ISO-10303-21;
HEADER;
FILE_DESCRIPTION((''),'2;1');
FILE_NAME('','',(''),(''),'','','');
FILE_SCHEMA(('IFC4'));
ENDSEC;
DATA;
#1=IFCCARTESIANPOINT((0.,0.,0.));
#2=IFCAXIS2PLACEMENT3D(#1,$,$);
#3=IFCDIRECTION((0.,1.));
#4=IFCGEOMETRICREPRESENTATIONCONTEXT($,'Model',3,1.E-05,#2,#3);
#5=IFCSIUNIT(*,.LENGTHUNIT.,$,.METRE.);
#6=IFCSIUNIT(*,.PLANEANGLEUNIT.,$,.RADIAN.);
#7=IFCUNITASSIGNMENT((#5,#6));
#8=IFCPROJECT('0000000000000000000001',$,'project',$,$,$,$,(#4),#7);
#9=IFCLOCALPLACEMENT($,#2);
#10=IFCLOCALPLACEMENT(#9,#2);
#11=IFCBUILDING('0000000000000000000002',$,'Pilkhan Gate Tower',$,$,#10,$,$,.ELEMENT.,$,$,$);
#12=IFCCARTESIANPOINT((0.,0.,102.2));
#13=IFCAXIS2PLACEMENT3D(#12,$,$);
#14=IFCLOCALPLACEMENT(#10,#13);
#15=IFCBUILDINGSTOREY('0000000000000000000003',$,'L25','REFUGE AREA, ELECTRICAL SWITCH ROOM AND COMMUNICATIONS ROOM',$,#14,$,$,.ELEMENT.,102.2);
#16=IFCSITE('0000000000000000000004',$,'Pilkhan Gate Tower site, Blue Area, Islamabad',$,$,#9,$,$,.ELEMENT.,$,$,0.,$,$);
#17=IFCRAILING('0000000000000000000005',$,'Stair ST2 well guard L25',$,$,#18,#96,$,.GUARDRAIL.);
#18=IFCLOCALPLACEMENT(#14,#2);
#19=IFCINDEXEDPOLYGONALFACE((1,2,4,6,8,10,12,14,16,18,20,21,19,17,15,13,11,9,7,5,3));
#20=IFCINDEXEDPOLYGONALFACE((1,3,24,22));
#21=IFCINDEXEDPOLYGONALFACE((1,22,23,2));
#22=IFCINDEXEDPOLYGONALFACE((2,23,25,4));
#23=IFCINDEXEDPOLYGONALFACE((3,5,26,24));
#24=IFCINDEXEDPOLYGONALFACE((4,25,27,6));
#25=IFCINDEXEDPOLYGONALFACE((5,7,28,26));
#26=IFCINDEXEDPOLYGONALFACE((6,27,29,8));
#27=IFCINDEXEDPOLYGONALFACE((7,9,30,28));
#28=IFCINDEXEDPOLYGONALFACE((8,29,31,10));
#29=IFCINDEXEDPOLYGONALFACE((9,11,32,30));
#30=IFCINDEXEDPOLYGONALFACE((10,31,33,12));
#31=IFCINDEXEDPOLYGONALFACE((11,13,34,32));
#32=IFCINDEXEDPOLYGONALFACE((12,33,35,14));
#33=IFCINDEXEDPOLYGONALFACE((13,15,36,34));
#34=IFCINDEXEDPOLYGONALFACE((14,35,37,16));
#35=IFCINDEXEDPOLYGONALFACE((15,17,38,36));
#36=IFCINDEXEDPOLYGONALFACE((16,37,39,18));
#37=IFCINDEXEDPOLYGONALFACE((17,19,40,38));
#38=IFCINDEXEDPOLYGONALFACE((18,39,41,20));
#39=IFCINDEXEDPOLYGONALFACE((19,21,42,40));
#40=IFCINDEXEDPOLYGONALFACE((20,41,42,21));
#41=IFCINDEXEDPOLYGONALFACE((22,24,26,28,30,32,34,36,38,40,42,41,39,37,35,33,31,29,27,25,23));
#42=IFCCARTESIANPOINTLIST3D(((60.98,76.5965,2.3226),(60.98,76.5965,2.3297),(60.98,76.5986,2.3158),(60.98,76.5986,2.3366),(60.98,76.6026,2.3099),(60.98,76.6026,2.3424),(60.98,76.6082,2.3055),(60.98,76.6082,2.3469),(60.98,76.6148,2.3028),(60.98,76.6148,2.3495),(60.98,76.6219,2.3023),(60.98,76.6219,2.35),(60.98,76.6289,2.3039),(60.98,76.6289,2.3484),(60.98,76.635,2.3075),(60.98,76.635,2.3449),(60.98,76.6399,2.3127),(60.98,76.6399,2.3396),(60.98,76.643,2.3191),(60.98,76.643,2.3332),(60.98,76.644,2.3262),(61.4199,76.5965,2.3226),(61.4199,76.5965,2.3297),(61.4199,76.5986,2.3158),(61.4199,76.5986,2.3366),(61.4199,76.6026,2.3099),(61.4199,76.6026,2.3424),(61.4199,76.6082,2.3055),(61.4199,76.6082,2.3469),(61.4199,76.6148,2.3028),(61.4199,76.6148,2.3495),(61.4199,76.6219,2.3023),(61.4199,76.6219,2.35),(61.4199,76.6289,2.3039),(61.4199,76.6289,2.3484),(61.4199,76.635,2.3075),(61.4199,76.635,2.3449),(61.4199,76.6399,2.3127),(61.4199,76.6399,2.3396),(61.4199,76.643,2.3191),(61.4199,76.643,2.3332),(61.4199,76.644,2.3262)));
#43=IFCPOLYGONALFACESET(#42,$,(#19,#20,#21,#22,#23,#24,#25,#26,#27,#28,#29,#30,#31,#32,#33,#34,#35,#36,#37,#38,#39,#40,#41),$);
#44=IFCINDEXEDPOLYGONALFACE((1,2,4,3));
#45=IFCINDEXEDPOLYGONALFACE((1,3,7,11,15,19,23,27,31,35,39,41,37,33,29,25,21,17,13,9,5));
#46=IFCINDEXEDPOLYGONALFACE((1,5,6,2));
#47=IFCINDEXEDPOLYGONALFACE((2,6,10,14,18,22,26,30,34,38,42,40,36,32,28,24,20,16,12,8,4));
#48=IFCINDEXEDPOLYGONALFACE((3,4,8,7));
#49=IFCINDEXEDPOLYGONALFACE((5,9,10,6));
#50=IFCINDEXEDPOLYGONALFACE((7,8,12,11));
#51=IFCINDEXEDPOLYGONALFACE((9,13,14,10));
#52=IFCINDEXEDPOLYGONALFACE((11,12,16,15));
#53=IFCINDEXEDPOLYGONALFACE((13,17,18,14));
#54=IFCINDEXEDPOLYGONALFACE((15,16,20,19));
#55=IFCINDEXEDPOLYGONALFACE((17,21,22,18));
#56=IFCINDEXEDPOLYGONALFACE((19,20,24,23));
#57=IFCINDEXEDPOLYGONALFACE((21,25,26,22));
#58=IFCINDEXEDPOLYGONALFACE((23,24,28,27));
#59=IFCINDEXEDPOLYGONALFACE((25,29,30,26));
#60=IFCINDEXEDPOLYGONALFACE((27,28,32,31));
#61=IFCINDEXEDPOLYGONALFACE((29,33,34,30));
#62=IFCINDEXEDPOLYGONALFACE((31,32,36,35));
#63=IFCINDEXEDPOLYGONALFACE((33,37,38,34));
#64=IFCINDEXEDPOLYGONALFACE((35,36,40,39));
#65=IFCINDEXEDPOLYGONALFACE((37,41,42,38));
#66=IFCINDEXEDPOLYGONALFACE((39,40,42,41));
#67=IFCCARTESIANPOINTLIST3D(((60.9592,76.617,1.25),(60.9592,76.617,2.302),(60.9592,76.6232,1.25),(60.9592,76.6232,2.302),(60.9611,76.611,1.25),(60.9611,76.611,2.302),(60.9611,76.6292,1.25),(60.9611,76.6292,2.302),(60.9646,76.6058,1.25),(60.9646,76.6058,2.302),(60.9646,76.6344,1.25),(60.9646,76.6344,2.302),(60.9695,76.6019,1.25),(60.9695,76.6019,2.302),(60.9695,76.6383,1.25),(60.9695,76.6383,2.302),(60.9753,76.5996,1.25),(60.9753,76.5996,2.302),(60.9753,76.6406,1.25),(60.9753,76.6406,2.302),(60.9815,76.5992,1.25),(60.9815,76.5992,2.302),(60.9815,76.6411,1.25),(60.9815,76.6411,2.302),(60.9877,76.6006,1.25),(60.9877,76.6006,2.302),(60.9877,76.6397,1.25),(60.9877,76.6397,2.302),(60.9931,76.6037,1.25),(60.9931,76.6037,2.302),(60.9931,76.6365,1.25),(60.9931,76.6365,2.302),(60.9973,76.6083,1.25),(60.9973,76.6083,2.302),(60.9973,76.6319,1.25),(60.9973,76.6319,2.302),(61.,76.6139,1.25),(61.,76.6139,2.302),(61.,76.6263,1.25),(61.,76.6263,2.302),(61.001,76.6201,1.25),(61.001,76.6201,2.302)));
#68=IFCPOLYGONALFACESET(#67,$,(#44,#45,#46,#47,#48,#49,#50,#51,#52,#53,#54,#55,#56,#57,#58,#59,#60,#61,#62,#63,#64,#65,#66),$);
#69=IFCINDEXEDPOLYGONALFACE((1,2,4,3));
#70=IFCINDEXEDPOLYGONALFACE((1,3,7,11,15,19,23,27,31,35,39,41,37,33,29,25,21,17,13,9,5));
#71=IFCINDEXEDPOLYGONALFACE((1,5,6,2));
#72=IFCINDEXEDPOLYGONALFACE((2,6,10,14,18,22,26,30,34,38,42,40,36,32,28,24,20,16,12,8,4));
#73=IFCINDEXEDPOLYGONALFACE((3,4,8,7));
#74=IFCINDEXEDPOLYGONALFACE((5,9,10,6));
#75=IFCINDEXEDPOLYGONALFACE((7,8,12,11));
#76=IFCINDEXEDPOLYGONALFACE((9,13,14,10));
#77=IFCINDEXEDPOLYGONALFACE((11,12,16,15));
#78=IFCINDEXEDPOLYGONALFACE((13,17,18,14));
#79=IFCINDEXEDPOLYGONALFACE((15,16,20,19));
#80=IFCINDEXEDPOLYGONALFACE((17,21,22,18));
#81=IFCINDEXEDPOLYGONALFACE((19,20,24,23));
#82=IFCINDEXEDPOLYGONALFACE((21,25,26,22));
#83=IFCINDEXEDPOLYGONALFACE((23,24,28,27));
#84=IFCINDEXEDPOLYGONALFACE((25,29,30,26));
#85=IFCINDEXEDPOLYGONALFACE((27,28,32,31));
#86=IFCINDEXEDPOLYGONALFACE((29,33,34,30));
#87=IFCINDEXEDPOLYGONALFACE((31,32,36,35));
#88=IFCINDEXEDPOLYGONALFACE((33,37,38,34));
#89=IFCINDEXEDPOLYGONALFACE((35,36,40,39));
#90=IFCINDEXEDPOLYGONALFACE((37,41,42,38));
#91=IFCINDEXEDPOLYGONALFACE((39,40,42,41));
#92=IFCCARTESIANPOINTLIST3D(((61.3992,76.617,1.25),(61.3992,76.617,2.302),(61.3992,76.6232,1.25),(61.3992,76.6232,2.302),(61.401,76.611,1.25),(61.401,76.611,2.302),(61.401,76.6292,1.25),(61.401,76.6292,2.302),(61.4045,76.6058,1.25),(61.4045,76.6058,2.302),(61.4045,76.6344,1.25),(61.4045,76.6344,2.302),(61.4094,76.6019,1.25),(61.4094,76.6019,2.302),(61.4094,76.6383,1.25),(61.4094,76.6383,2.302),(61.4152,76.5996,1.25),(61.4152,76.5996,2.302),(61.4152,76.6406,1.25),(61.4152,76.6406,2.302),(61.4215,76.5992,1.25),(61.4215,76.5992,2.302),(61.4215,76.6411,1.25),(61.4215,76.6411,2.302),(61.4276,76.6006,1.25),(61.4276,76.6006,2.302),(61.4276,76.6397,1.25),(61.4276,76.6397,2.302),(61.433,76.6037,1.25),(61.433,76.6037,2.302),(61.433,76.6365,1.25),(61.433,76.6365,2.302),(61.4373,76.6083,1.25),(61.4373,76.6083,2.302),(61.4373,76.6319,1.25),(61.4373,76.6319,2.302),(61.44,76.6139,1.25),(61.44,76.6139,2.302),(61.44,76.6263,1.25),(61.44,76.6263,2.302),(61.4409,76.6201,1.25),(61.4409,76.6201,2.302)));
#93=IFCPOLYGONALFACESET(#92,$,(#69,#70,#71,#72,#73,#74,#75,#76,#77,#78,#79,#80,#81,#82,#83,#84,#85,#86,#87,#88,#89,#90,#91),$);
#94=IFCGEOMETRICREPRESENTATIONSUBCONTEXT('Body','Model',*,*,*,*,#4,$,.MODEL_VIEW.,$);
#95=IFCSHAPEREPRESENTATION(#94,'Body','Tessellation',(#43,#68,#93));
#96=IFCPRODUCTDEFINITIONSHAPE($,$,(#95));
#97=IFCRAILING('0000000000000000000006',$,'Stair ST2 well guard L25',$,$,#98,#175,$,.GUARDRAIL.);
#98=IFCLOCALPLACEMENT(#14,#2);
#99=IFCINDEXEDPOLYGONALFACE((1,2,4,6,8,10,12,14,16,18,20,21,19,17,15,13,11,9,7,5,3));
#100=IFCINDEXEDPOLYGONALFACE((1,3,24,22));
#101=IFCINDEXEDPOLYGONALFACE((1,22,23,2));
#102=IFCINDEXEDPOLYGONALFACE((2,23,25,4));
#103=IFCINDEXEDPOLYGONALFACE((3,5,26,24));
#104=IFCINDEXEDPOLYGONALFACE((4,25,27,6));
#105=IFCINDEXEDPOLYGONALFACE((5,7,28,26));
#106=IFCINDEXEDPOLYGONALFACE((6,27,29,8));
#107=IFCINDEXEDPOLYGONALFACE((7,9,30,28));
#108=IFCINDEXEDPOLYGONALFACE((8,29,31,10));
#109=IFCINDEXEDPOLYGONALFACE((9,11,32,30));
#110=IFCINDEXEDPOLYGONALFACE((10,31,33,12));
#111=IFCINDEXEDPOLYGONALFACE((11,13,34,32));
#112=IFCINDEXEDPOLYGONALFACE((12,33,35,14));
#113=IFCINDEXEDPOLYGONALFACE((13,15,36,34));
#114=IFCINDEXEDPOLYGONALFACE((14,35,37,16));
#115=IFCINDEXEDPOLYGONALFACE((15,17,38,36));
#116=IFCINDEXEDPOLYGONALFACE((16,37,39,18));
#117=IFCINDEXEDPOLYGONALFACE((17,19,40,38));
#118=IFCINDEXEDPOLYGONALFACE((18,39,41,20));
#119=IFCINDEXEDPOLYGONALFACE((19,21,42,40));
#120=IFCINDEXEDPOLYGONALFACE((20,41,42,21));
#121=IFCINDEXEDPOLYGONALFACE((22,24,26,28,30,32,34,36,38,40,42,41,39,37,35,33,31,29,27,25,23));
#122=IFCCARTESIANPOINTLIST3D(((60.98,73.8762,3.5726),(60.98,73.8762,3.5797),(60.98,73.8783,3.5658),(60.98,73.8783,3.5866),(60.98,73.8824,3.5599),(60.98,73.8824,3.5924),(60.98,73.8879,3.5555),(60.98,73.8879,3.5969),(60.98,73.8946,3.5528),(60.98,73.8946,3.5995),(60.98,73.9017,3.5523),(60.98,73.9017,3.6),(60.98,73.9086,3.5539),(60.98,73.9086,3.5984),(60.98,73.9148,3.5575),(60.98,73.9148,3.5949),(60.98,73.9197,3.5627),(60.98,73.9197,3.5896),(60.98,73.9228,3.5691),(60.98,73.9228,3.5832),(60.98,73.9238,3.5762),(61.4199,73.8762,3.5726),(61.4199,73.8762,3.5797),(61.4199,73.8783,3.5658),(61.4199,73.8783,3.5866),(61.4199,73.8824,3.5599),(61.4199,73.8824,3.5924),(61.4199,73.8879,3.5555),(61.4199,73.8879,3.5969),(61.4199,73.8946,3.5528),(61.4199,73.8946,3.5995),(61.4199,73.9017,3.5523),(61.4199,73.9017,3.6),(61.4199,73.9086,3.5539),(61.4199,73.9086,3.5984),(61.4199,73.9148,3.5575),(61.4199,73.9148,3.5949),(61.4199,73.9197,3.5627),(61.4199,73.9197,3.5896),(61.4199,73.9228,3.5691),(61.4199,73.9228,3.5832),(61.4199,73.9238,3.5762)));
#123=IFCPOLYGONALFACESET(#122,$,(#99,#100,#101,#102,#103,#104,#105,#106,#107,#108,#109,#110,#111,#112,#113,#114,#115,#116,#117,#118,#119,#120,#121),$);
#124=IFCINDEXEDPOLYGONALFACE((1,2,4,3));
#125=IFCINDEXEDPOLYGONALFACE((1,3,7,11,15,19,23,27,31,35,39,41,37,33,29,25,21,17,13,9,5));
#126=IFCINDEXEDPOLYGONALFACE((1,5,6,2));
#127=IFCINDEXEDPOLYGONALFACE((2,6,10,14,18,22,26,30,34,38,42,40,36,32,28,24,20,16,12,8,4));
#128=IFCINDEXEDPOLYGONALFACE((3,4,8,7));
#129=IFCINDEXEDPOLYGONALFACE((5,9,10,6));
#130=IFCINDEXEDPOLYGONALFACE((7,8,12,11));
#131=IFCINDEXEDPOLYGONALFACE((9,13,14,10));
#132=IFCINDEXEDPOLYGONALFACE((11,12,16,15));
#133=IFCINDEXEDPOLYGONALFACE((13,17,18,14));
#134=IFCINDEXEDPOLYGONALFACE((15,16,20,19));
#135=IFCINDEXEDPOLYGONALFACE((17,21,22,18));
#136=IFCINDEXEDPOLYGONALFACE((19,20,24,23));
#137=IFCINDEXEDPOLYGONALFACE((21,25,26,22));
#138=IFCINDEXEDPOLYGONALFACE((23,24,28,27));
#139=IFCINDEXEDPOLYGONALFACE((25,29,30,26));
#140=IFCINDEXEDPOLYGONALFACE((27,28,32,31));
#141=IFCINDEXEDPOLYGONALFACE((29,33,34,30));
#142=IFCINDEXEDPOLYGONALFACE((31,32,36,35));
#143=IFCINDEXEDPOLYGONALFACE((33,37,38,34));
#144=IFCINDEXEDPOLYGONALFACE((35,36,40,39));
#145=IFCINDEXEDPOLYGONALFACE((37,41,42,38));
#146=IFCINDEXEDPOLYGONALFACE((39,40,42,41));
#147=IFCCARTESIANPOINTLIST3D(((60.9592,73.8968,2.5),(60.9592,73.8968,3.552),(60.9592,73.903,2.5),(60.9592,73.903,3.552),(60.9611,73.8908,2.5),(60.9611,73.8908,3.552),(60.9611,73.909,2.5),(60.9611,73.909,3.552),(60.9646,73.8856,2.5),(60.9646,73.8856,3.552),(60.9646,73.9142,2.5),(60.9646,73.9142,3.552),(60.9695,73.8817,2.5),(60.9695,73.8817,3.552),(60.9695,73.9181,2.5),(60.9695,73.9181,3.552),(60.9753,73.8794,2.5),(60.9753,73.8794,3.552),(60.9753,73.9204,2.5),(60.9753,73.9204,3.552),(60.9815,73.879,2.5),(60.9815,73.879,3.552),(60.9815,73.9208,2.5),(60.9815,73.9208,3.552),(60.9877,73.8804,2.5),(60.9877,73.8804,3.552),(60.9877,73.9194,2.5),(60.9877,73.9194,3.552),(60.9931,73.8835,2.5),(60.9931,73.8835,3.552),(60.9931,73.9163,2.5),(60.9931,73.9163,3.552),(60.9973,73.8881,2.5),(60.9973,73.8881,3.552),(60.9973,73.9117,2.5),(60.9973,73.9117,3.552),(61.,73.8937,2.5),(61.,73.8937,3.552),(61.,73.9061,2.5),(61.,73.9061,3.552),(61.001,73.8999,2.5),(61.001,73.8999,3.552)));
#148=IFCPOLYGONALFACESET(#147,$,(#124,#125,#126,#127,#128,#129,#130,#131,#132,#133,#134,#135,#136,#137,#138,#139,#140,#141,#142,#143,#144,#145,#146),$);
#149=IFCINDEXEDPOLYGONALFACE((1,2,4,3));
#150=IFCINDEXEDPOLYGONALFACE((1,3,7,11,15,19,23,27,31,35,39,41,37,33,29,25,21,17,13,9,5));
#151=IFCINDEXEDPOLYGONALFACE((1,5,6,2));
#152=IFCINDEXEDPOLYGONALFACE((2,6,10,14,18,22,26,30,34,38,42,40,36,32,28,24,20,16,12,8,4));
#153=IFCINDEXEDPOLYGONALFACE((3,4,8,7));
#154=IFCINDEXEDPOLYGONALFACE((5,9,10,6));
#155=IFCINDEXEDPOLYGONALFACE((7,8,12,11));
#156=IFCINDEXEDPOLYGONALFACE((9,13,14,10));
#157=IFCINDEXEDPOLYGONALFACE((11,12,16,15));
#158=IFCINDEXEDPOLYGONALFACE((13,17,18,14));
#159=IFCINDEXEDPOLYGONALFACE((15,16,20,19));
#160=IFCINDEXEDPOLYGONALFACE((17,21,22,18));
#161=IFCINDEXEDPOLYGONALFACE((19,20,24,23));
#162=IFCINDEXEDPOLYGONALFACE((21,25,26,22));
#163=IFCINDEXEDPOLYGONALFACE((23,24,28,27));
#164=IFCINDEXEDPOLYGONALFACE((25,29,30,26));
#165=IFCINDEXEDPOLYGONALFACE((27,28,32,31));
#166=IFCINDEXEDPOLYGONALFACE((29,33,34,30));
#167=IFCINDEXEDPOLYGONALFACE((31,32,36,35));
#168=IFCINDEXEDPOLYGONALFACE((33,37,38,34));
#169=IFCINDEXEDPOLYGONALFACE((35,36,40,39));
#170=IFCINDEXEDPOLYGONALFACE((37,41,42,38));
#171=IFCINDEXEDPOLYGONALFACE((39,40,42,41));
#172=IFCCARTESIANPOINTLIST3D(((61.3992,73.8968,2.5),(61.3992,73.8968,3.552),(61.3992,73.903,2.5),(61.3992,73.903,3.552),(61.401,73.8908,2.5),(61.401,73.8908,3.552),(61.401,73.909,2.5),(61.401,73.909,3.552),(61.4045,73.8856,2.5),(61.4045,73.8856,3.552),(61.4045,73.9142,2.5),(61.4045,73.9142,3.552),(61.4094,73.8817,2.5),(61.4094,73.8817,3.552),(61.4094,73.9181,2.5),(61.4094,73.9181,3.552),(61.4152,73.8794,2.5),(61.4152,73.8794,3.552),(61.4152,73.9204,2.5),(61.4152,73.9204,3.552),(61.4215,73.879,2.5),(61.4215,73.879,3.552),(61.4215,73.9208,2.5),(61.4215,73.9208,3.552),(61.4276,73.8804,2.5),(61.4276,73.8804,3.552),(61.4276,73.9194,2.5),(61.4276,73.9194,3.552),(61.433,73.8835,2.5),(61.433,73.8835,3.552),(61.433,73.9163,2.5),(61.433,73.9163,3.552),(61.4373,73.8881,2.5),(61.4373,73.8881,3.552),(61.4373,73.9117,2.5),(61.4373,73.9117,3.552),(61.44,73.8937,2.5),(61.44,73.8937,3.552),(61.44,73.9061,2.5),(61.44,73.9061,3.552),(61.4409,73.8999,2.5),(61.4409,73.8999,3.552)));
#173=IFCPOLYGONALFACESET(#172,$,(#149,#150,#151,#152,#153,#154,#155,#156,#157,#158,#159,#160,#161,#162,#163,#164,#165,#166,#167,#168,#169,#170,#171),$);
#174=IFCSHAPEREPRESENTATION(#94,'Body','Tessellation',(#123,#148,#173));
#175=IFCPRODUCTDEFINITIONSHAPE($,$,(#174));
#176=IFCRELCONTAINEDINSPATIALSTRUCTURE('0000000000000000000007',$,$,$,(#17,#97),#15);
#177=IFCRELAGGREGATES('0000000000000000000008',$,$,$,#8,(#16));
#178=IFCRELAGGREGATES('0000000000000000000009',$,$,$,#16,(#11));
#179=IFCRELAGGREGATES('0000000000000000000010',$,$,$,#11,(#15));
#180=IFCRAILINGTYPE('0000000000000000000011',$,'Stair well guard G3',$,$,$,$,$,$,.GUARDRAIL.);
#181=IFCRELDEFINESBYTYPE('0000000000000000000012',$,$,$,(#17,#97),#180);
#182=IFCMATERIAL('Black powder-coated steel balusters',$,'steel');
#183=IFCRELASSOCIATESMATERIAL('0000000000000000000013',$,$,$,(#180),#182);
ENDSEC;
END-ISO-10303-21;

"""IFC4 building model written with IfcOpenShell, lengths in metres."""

from ifc_helpers import new_model, si_unit, direction, frame, origin, origin_2d, place, context, subcontext, project, spatial, circle, extrude, material, type_object, element, save


model = new_model("IFC4")

# Units and contexts
model_context = context("Model", 3, precision=1e-05, world=origin(), true_north=direction((0.0, 1.0)))
body_context = subcontext(model_context, "Body", "Model", "MODEL_VIEW")
ifc_project = project(units=[si_unit("LENGTHUNIT", "METRE"), si_unit("PLANEANGLEUNIT", "RADIAN")], contexts=[model_context])

# Site, building, storey
site_placement = place(None, origin())
site = spatial("IfcSite", under=ifc_project, at=site_placement, Name="Pilkhan Gate Tower site, Blue Area, Islamabad", CompositionType="ELEMENT", RefElevation=0.0)
building_placement = place(site_placement, origin())
building = spatial("IfcBuilding", under=site, at=building_placement, Name="Pilkhan Gate Tower", CompositionType="ELEMENT")
storey_placement = place(building_placement, frame((0.0, 0.0, 102.2)))
storey = spatial("IfcBuildingStorey", under=building, at=storey_placement, Name="L25", Description="REFUGE AREA, ELECTRICAL SWITCH ROOM AND COMMUNICATIONS ROOM", CompositionType="ELEMENT", Elevation=102.2)

# Railings
ifc_material_1 = material(Name="Black powder-coated steel balusters", Category="steel")
railing_type_1 = type_object("IfcRailingType", Name="Stair well guard G3", PredefinedType="GUARDRAIL", material=ifc_material_1)
for number, where, name in (
    (1, (60.98, 76.6201, 1.25), "Stair ST2 well guard L25"),
    (2, (60.98, 73.8999, 2.5), "Stair ST2 well guard L25"),
):
    element("IfcRailing", number, at=place(storey_placement, frame(where)), inside=storey, type_object=railing_type_1, Name=name, PredefinedType="GUARDRAIL", context=body_context, shape_type="SweptSolid", body=[
        extrude(circle(Radius=0.0239, at=origin_2d()), frame((0.0, 0.0, 1.0762), z_axis=(1.0, 0.0, 0.0), x_axis=(0.0, 1.0, 0.0)), (0.0, 0.0, 1.0), 0.4399),
        extrude(circle(Radius=0.021, at=origin_2d()), origin(), (0.0, 0.0, 1.0), 1.052),
        extrude(circle(Radius=0.021, at=origin_2d()), frame((0.4399, 0.0, 0.0)), (0.0, 0.0, 1.0), 1.052),
    ])

save(model, "model.ifc")
